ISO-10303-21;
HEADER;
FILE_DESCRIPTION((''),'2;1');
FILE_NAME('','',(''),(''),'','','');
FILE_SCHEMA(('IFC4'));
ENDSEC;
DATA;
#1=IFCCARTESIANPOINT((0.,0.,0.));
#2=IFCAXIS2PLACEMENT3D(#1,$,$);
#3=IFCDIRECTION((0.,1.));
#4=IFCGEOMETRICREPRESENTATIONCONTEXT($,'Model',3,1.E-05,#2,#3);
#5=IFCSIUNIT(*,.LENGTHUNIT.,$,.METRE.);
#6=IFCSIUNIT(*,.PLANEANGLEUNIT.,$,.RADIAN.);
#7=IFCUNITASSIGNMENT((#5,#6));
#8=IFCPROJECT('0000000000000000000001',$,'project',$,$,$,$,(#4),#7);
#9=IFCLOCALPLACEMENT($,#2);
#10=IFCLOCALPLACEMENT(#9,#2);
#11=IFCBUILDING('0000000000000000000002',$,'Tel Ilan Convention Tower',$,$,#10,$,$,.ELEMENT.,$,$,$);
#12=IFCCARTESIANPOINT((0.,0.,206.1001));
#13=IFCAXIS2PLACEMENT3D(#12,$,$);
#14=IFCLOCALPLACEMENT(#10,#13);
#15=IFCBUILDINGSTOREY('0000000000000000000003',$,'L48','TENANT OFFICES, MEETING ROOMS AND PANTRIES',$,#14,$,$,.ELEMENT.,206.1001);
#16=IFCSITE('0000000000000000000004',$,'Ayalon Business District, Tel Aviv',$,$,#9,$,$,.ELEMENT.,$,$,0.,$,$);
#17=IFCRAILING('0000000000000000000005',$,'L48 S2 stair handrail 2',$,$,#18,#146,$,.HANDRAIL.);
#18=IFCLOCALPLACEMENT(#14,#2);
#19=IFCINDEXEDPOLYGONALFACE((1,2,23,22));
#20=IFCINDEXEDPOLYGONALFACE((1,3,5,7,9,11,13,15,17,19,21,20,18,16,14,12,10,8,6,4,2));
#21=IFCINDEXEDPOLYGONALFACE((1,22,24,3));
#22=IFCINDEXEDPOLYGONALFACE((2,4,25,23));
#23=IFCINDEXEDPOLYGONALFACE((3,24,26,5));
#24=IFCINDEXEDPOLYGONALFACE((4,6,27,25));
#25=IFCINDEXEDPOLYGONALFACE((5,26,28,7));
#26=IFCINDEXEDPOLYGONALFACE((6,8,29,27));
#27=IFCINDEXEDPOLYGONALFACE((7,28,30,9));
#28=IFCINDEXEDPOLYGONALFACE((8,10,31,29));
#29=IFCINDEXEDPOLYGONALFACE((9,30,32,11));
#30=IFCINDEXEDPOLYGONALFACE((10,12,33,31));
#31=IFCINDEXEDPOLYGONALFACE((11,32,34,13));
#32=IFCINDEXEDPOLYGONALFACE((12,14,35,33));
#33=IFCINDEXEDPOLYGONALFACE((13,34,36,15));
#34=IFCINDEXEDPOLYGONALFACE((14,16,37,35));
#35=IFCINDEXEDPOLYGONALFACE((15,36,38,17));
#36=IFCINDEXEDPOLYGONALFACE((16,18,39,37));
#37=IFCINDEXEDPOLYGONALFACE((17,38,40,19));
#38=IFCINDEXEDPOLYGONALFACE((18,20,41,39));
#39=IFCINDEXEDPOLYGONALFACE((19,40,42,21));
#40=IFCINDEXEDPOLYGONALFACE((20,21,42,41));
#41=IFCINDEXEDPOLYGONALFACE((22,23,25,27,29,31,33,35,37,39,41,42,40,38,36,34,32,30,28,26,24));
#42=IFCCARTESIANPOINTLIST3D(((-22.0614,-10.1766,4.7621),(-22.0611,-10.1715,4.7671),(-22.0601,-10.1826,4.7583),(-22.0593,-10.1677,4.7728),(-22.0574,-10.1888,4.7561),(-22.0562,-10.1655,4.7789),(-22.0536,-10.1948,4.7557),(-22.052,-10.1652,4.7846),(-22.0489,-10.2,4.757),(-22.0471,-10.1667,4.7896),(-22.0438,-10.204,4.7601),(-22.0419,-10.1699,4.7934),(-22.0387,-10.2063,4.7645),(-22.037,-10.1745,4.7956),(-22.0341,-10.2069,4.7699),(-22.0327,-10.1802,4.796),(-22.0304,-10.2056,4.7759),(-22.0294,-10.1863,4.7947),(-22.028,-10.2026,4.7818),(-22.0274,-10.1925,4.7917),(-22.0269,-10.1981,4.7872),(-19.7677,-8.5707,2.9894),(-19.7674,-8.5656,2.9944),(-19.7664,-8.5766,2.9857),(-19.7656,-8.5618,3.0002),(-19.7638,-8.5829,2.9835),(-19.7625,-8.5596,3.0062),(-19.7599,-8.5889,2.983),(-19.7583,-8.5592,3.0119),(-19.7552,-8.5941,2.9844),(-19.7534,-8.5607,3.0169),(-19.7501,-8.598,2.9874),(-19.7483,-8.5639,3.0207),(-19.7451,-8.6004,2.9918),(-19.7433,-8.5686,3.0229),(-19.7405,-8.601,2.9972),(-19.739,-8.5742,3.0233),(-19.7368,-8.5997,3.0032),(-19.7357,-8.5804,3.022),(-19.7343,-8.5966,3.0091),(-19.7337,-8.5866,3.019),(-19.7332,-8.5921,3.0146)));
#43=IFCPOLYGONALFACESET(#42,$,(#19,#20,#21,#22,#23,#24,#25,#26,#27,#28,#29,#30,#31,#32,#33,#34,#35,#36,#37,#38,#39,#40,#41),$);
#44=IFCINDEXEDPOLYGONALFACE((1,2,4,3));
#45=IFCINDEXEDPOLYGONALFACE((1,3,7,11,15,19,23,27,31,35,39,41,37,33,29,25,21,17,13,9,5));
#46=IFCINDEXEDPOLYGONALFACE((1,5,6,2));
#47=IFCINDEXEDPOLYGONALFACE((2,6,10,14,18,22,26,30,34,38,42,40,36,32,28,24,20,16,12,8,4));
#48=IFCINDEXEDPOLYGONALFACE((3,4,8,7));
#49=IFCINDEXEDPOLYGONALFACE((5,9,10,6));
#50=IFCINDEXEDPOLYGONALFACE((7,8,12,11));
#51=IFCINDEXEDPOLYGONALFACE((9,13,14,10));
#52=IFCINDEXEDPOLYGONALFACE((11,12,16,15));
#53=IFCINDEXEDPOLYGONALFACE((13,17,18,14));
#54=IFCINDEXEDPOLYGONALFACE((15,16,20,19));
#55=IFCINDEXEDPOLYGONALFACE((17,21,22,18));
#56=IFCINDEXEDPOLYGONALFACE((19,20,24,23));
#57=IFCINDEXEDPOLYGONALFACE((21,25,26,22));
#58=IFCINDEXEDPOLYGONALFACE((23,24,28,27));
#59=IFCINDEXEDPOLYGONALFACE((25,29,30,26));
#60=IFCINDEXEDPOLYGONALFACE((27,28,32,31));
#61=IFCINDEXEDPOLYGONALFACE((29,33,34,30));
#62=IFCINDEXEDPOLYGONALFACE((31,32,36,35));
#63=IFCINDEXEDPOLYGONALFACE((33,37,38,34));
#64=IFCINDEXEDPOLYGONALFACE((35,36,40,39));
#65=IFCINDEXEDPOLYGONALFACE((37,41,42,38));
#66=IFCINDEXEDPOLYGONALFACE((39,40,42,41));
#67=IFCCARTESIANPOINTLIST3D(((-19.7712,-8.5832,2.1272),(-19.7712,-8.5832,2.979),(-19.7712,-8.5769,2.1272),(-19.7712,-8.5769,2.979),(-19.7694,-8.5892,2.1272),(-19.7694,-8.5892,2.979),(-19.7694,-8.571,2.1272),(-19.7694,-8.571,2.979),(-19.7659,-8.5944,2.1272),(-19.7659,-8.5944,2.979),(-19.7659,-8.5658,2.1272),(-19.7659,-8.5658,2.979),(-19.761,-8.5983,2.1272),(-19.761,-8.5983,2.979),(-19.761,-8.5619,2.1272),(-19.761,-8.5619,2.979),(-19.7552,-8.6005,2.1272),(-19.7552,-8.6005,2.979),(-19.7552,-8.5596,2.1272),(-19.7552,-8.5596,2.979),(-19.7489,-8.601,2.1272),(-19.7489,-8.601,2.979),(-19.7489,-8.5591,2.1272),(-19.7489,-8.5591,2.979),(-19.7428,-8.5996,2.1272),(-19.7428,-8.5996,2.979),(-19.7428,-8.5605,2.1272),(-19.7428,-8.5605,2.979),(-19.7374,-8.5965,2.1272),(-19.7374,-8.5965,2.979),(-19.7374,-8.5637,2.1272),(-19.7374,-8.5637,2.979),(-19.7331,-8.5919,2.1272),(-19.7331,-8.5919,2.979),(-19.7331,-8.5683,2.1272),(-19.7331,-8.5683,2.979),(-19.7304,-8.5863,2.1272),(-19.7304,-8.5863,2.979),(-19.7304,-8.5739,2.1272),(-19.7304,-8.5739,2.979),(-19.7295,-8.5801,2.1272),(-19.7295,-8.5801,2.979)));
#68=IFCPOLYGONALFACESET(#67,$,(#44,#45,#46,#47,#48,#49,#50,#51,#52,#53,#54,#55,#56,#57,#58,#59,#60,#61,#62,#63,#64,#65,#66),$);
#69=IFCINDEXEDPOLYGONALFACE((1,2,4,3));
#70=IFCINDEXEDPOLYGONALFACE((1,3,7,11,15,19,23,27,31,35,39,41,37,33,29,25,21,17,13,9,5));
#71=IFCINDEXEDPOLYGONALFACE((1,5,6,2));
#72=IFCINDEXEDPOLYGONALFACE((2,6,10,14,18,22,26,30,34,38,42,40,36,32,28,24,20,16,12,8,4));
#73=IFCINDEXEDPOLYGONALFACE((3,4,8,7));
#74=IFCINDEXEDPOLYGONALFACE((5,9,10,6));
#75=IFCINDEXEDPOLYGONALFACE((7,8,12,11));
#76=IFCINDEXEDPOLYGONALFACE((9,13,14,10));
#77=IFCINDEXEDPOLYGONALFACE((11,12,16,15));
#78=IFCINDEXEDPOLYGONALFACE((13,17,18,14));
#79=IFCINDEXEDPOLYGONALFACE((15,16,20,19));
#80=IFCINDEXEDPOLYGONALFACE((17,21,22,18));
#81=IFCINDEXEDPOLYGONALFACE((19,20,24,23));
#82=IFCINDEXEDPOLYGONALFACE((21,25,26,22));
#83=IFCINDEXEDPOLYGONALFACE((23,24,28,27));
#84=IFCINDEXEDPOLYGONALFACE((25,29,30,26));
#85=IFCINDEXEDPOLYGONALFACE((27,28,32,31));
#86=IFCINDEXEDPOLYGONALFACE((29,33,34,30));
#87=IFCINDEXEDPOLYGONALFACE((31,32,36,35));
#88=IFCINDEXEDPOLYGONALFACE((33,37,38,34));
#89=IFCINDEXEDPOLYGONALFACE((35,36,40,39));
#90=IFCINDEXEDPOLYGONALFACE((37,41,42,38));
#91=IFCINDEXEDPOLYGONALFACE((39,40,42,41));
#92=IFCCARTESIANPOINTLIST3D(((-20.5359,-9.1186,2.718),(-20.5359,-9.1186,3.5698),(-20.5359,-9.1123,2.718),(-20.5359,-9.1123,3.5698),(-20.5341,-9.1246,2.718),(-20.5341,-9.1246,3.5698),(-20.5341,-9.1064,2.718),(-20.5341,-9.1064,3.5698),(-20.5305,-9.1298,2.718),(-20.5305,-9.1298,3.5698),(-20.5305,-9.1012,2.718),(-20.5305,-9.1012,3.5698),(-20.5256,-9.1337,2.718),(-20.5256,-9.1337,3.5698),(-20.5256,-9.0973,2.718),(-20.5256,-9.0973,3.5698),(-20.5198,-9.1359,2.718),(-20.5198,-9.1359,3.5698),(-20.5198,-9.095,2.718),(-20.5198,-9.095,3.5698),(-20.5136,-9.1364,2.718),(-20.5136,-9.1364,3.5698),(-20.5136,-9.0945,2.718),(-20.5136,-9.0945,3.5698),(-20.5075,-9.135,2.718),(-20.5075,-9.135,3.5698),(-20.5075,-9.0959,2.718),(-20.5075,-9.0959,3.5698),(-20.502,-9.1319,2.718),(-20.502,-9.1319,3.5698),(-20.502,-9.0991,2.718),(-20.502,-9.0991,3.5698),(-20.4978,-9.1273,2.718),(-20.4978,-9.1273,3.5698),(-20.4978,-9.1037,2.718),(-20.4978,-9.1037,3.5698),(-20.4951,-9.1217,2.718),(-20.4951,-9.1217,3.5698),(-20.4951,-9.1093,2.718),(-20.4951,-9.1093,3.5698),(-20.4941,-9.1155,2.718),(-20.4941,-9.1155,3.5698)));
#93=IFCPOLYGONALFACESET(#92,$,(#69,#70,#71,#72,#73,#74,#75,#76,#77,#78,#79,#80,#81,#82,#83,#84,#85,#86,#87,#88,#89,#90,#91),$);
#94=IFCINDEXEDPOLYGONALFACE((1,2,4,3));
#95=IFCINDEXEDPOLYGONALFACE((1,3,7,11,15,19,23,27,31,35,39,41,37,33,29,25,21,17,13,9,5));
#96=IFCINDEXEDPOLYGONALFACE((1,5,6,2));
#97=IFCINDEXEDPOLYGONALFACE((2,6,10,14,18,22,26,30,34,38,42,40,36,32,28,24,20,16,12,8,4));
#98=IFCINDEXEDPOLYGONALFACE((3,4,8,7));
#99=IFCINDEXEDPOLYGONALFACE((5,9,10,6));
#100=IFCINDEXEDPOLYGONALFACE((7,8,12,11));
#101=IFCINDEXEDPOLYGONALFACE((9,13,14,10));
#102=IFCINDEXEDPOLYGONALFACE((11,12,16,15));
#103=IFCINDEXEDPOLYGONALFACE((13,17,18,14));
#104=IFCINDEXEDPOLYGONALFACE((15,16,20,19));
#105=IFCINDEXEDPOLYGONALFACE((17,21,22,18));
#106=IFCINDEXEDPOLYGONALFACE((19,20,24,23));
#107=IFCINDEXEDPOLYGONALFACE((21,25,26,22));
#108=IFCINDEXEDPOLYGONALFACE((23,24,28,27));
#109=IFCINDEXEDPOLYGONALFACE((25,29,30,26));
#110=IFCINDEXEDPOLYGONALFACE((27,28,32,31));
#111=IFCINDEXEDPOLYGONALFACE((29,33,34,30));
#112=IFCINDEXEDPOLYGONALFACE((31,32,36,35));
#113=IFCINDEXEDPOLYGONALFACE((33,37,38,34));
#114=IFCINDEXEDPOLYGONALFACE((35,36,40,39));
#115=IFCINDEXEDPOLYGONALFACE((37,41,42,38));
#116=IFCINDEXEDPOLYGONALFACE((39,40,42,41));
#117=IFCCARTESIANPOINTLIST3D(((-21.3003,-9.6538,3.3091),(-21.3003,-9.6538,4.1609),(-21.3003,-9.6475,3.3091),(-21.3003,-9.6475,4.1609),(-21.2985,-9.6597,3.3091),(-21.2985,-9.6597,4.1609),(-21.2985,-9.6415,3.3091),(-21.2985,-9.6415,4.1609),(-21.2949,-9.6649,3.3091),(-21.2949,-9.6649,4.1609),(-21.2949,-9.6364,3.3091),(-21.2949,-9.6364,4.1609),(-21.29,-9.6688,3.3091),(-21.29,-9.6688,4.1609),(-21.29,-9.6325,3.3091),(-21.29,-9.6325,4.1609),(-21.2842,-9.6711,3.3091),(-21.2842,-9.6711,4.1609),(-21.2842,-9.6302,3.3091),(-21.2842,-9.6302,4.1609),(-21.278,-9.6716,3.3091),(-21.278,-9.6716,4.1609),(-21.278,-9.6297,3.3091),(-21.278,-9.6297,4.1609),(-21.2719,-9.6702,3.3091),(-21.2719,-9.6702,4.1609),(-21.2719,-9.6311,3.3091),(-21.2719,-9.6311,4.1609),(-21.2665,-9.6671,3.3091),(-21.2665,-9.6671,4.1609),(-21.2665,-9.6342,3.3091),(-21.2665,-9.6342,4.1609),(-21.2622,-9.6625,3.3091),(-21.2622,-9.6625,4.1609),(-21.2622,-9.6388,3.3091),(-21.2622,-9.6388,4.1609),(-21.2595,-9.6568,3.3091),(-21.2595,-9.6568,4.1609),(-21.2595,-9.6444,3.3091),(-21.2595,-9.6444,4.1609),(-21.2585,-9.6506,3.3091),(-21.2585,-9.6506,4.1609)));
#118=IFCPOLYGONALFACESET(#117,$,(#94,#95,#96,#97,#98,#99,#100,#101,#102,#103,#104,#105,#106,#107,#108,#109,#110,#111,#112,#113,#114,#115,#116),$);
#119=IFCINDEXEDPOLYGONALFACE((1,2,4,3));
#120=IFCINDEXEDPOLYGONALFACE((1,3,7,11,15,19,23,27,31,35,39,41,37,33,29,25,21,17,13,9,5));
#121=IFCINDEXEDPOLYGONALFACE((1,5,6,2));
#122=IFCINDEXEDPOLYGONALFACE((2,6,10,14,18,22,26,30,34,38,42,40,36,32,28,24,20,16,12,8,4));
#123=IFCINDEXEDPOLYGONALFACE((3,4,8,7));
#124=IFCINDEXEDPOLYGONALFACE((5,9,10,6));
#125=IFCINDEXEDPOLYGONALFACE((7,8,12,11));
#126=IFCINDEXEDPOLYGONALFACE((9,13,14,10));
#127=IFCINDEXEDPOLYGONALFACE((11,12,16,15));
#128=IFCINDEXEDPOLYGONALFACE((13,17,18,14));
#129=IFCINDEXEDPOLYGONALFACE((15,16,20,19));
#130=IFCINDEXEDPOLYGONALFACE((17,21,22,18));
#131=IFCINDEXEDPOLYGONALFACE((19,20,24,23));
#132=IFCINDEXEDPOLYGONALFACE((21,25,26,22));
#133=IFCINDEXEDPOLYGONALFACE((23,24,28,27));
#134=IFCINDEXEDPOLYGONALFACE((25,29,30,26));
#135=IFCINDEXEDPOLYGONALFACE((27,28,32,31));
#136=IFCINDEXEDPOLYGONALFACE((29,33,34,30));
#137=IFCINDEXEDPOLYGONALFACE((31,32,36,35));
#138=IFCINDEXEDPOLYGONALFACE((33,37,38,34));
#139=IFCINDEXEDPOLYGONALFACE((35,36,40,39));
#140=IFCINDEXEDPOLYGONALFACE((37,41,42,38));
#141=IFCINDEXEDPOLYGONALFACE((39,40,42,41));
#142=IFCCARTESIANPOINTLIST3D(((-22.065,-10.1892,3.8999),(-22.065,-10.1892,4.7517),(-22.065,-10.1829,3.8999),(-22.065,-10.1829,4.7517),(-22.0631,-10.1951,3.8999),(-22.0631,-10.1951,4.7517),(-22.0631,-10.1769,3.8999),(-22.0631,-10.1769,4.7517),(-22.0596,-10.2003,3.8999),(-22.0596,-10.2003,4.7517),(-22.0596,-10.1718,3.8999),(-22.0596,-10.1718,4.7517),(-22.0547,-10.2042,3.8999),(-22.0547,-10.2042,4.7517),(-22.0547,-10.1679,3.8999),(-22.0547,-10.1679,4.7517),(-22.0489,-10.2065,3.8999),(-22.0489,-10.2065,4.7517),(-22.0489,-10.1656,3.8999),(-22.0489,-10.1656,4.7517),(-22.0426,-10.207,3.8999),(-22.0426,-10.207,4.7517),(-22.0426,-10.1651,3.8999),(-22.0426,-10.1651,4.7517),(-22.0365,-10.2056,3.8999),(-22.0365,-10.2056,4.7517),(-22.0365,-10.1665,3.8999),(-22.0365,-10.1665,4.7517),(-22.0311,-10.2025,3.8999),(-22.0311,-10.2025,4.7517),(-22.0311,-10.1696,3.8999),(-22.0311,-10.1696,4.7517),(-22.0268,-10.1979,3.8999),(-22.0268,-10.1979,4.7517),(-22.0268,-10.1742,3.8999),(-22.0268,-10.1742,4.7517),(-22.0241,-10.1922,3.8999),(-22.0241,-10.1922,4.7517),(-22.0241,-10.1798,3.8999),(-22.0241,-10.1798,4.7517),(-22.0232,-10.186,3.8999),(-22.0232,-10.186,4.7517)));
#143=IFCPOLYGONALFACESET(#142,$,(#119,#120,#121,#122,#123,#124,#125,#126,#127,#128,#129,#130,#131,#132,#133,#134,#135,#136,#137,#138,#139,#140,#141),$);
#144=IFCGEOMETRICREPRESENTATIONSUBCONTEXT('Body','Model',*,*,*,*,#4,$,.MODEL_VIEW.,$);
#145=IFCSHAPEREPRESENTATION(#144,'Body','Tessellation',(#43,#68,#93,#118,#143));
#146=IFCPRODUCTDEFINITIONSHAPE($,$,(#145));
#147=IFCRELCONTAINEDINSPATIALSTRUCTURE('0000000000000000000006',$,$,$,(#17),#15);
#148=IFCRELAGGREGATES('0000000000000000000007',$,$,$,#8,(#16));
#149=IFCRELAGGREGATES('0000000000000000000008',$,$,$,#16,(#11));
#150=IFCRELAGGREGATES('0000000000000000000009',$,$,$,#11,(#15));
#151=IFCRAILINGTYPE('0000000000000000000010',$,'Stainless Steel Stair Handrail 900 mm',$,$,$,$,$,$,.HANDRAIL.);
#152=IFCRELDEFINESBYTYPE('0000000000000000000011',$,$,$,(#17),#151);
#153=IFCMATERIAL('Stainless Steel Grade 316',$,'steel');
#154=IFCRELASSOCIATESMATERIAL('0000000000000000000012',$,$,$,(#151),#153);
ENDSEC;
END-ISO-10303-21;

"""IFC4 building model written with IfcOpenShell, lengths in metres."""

from ifc_helpers import new_model, si_unit, direction, frame, origin, origin_2d, place, context, subcontext, project, spatial, circle, extrude, material, type_object, element, save


model = new_model("IFC4")

# Units and contexts
model_context = context("Model", 3, precision=1e-05, world=origin(), true_north=direction((0.0, 1.0)))
body_context = subcontext(model_context, "Body", "Model", "MODEL_VIEW")
ifc_project = project(units=[si_unit("LENGTHUNIT", "METRE"), si_unit("PLANEANGLEUNIT", "RADIAN")], contexts=[model_context])

# Site, building, storey
site_placement = place(None, origin())
site = spatial("IfcSite", under=ifc_project, at=site_placement, Name="Ayalon Business District, Tel Aviv", CompositionType="ELEMENT", RefElevation=0.0)
building_placement = place(site_placement, origin())
building = spatial("IfcBuilding", under=site, at=building_placement, Name="Tel Ilan Convention Tower", CompositionType="ELEMENT")
storey_placement = place(building_placement, frame((0.0, 0.0, 206.1001)))
storey = spatial("IfcBuildingStorey", under=building, at=storey_placement, Name="L48", Description="TENANT OFFICES, MEETING ROOMS AND PANTRIES", CompositionType="ELEMENT", Elevation=206.1001)

# Railing
ifc_material_1 = material(Name="Stainless Steel Grade 316", Category="steel")
railing_type_1 = type_object("IfcRailingType", Name="Stainless Steel Stair Handrail 900 mm", PredefinedType="HANDRAIL", material=ifc_material_1)
for number, where, name in (
    (1, (-19.7505, -8.5801, 2.1272), "L48 S2 stair handrail 2"),
):
    element("IfcRailing", number, at=place(storey_placement, frame(where)), inside=storey, type_object=railing_type_1, Name=name, PredefinedType="HANDRAIL", context=body_context, shape_type="SweptSolid", body=[
        extrude(circle(Radius=0.0239, at=origin_2d()), frame((0.0, 0.0, 0.876), z_axis=(-0.692123, -0.484597, 0.534913), x_axis=(0.57355, -0.81917, 0.0)), (0.0, 0.0, 1.0), 3.314),
        extrude(circle(Radius=0.021, at=origin_2d()), origin(), (0.0, 0.0, 1.0), 0.8518),
        extrude(circle(Radius=0.021, at=origin_2d()), frame((-0.7646, -0.5354, 0.5908)), (0.0, 0.0, 1.0), 0.8518),
        extrude(circle(Radius=0.021, at=origin_2d()), frame((-1.5291, -1.0706, 1.1819)), (0.0, 0.0, 1.0), 0.8518),
        extrude(circle(Radius=0.021, at=origin_2d()), frame((-2.2937, -1.606, 1.7727)), (0.0, 0.0, 1.0), 0.8518),
    ])

save(model, "model.ifc")
